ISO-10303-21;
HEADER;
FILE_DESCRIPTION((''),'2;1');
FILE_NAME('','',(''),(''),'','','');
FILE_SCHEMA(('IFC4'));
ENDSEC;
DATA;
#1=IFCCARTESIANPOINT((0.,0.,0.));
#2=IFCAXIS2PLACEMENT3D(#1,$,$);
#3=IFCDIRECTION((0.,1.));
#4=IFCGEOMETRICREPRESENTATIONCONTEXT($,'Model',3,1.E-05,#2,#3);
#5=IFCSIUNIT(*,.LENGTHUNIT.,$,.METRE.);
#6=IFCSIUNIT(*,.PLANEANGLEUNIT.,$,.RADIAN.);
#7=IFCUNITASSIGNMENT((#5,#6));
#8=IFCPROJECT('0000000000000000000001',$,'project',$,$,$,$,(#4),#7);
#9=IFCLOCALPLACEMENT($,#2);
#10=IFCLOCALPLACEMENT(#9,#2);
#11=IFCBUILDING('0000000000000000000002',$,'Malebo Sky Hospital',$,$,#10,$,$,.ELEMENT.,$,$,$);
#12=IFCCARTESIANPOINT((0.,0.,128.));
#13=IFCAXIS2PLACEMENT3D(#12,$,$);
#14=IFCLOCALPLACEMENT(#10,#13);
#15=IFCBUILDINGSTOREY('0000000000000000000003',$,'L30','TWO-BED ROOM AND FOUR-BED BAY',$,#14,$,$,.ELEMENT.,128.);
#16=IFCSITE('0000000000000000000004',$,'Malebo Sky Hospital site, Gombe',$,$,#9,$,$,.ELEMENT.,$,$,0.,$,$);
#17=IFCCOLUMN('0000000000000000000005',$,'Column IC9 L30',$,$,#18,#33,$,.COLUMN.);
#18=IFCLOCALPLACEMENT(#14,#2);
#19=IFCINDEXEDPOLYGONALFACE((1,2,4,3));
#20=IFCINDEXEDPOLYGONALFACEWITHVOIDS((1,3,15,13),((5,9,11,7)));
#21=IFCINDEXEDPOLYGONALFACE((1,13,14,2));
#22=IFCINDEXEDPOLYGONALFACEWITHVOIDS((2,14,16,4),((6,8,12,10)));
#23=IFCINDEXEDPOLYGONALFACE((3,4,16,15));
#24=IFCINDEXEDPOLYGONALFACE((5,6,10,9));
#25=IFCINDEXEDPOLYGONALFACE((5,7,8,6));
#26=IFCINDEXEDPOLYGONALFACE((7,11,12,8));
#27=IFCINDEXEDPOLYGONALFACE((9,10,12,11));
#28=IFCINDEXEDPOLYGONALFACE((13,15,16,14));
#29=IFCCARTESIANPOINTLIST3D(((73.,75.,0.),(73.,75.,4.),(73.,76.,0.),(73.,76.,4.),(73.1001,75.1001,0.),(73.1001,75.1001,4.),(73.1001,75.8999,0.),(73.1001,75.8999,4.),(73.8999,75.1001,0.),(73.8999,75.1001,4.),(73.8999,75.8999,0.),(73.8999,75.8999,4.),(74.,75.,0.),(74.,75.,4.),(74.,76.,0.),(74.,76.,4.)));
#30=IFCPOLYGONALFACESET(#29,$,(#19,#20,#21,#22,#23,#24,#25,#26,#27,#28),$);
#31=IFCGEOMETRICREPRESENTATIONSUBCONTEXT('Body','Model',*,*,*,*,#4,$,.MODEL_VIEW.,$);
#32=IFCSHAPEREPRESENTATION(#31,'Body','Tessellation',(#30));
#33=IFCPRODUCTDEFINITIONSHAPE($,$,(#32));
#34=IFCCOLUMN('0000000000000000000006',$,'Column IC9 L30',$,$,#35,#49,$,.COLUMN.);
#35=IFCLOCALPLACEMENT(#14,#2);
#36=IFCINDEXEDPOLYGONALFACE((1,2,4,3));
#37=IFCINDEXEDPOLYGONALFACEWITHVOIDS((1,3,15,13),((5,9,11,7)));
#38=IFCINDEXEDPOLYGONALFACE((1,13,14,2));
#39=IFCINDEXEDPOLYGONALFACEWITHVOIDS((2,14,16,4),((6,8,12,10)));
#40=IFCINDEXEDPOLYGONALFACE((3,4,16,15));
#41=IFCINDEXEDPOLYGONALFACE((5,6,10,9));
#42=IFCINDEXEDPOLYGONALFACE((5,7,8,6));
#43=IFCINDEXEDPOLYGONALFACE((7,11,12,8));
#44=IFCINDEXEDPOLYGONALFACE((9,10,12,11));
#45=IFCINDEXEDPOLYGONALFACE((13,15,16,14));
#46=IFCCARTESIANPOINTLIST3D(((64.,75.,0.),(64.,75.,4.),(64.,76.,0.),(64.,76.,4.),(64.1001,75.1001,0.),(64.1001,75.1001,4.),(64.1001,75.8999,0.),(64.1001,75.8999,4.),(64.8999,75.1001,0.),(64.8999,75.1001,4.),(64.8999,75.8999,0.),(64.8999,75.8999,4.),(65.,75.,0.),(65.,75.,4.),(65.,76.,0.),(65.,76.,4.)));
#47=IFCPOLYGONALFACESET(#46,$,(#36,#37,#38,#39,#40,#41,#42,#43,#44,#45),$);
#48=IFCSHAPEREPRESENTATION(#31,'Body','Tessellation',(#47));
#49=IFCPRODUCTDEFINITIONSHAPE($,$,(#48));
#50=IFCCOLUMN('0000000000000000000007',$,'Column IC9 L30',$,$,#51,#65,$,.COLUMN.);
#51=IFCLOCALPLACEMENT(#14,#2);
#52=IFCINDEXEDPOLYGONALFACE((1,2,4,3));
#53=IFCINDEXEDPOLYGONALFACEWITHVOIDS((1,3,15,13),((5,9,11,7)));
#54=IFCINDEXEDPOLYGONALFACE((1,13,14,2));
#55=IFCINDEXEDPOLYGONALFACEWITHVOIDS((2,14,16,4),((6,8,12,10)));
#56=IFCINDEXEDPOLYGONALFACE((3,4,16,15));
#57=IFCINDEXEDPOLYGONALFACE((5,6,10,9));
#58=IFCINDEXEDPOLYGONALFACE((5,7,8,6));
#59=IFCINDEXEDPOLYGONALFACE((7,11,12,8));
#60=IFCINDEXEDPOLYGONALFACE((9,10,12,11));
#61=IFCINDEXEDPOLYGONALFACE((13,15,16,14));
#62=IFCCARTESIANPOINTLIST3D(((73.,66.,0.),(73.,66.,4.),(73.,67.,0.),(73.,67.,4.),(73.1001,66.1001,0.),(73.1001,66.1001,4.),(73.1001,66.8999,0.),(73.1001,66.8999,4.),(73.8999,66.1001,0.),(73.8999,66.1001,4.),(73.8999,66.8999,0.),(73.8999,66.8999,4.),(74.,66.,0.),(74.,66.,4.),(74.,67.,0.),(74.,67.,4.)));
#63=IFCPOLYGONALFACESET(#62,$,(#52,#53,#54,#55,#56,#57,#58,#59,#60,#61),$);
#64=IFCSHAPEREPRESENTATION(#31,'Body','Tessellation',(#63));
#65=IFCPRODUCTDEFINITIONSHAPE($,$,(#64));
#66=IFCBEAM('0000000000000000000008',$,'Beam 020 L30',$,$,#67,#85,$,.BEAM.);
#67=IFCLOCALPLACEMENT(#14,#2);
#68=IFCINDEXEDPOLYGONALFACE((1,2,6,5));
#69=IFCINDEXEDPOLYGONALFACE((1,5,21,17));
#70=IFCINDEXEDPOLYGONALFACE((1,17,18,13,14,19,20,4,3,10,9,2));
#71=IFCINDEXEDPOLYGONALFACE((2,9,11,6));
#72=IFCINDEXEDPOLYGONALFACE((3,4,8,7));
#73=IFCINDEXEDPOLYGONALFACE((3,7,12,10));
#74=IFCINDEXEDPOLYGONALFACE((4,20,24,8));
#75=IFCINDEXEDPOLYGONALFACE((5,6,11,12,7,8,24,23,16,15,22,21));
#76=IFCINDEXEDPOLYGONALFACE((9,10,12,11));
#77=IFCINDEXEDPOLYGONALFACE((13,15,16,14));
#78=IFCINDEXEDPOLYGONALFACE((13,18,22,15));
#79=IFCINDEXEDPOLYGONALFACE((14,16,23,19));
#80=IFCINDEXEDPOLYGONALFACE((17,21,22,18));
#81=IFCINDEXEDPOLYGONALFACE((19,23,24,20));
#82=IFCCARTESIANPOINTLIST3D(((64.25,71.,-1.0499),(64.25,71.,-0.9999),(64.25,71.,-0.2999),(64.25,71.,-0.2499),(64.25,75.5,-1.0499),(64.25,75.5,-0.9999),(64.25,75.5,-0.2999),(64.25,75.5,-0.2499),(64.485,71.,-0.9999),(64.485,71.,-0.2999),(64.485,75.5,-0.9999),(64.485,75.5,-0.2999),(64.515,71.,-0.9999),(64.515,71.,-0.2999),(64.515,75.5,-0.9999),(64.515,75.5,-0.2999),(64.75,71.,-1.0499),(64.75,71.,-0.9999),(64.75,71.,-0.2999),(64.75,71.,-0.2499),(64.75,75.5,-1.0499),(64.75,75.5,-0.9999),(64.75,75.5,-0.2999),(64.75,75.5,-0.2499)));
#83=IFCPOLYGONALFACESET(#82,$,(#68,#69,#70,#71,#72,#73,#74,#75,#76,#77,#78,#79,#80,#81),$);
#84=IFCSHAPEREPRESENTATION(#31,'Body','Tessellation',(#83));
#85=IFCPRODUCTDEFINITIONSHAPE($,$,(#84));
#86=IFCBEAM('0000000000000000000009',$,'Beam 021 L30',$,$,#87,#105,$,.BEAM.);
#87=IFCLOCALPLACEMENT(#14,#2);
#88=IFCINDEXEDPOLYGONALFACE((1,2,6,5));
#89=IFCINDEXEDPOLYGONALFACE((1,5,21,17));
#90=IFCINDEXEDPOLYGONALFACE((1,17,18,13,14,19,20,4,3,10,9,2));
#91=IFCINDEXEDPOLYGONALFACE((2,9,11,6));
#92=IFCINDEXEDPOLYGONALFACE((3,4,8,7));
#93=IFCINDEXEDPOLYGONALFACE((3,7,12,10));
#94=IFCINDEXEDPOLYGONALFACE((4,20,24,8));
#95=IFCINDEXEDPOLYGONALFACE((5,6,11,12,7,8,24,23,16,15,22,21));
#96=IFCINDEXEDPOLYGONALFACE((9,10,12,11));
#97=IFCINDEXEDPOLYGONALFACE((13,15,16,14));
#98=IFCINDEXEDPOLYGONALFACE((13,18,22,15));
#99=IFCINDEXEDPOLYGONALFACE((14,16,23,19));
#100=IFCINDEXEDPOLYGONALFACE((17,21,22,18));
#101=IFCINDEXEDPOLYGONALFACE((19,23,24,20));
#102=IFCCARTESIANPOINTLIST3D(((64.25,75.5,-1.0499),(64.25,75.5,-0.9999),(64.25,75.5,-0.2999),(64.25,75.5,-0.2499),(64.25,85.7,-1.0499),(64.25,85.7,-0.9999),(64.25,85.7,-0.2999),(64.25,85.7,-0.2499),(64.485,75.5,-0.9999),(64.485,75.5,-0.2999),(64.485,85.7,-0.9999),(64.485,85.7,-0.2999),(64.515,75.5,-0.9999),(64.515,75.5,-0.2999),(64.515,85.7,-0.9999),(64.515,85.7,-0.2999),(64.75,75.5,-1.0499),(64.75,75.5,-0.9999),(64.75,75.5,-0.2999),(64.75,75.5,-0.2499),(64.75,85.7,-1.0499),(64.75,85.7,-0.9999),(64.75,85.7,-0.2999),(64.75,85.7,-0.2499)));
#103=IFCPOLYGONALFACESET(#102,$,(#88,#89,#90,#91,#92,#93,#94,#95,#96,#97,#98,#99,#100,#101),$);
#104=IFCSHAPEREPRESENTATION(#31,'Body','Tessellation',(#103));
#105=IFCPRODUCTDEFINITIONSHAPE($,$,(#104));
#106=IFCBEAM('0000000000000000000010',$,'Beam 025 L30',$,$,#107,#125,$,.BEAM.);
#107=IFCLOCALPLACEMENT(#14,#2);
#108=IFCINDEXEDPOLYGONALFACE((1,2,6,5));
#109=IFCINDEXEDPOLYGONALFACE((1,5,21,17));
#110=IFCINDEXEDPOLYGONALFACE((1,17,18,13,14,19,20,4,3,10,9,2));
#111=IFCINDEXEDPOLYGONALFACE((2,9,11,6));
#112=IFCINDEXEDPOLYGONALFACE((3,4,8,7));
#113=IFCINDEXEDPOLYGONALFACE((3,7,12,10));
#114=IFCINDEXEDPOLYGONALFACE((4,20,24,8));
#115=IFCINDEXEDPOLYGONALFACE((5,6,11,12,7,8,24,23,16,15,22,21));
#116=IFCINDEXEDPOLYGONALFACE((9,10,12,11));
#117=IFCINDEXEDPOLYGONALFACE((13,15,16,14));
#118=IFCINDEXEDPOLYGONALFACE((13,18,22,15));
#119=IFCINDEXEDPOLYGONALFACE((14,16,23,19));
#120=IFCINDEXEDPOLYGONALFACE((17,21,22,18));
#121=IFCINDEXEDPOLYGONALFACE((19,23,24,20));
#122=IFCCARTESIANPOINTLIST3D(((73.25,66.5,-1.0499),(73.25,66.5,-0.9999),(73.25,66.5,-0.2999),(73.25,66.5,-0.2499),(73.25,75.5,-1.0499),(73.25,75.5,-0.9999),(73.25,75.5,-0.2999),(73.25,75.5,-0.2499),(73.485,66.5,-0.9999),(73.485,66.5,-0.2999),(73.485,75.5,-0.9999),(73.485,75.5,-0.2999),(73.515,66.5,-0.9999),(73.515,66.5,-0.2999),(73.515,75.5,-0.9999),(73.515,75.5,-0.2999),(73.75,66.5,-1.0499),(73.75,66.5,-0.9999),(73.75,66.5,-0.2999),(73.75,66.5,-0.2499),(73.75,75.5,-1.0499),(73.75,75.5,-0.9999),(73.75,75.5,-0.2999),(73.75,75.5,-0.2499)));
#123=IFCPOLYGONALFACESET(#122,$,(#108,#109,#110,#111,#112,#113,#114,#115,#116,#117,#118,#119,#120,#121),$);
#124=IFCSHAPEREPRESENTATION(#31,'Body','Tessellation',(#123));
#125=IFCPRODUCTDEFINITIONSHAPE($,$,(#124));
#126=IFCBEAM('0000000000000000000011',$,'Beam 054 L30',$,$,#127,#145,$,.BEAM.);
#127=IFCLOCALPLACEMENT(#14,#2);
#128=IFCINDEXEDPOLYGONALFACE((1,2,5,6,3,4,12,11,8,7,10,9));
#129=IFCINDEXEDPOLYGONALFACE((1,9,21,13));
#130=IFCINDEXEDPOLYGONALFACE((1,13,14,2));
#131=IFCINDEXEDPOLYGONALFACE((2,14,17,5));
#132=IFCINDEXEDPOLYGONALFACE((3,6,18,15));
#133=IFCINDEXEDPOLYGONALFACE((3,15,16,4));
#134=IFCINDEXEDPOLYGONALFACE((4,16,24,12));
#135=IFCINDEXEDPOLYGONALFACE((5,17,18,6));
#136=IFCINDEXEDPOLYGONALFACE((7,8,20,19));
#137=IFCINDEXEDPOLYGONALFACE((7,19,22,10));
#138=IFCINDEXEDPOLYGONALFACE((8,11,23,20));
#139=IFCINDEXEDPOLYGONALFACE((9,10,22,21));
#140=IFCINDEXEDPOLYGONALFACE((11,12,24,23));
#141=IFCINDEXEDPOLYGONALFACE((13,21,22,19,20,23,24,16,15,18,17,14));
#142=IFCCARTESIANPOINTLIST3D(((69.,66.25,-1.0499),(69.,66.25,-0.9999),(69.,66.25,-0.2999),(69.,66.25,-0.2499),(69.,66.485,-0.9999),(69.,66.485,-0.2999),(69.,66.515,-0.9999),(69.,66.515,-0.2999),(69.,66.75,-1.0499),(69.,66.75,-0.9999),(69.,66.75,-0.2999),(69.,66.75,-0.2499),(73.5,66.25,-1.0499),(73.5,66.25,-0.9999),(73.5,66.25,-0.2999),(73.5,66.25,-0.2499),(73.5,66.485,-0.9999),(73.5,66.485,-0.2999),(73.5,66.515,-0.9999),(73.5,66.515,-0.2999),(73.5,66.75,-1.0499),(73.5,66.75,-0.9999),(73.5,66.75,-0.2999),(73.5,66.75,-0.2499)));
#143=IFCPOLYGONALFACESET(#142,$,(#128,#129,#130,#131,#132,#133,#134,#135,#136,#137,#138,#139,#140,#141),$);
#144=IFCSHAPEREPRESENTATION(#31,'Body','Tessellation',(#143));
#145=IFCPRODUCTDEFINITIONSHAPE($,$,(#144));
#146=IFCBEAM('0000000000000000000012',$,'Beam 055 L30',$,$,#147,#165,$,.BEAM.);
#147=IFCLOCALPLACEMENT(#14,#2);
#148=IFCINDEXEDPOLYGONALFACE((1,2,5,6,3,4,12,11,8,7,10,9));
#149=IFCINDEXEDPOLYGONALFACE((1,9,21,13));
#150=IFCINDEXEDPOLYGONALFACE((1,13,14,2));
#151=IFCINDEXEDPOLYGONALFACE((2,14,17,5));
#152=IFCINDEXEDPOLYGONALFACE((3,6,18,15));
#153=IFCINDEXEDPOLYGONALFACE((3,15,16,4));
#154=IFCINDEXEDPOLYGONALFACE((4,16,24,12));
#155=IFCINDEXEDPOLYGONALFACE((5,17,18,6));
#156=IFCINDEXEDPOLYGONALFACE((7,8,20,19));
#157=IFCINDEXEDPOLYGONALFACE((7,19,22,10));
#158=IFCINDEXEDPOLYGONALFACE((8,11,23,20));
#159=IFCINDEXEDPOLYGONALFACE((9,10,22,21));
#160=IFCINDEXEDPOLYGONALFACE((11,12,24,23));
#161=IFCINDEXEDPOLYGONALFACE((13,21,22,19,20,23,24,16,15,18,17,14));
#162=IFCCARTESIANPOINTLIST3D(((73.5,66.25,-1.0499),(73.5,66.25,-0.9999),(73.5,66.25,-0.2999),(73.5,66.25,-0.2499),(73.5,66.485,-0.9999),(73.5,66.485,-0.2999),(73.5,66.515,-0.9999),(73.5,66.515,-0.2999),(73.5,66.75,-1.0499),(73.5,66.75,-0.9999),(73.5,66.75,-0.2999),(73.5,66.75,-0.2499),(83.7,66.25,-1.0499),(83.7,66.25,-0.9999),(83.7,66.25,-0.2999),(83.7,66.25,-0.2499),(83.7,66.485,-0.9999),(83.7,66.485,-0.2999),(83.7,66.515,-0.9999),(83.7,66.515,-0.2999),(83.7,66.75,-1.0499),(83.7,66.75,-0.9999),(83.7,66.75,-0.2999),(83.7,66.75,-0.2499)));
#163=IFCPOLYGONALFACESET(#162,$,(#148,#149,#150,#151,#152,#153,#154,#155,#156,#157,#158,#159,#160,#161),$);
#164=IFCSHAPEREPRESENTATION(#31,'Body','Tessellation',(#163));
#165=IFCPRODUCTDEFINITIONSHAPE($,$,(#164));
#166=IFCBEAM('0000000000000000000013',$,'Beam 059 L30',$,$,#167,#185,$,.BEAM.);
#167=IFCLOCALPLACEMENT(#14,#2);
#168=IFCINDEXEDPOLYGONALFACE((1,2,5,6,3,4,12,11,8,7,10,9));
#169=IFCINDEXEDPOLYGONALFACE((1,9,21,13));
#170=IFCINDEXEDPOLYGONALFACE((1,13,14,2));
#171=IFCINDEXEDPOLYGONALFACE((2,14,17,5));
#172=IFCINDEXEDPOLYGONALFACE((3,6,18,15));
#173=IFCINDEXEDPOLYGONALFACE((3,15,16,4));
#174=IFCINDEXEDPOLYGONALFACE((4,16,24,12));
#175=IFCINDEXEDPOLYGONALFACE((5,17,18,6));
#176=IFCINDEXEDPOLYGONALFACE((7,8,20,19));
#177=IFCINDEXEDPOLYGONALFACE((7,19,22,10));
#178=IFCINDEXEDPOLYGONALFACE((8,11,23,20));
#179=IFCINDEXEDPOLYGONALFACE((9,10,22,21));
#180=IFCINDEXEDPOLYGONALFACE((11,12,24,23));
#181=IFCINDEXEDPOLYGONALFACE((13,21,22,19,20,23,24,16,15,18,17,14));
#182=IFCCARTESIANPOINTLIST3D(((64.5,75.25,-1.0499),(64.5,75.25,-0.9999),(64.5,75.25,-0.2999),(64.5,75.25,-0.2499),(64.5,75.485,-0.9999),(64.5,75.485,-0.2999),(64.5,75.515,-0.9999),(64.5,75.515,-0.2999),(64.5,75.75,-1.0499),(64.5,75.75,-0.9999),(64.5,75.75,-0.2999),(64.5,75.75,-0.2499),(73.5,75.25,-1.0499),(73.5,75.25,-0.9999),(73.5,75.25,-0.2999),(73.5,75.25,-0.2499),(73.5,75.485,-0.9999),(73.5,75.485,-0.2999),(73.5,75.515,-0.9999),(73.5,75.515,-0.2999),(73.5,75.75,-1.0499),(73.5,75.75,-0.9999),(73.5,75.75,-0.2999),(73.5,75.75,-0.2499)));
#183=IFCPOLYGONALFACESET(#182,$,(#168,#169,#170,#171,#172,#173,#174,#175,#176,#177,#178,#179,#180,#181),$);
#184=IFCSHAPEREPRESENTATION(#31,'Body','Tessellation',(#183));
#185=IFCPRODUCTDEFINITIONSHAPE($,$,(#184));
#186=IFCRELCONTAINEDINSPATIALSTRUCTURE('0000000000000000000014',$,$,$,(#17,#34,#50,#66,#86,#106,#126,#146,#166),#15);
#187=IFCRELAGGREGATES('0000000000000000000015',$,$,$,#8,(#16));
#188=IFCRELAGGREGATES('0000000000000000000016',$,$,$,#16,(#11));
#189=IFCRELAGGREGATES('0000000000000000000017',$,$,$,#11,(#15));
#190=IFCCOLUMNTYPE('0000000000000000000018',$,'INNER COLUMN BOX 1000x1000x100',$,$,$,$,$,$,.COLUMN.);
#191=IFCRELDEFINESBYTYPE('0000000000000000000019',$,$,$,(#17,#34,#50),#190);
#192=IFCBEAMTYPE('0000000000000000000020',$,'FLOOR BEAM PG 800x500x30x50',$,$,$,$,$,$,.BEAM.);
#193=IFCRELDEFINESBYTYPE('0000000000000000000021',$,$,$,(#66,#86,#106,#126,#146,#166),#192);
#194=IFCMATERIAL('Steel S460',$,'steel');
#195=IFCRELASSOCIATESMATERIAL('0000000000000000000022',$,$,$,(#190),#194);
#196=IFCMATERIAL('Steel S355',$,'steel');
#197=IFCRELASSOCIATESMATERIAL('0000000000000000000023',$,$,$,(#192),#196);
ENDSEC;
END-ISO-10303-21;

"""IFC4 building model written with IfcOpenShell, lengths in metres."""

from ifc_helpers import new_model, si_unit, direction, frame, origin, origin_2d, place, context, subcontext, project, spatial, hollow_rectangle, i_section, extrude, material, material_profile, profile_set, type_object, element, save


model = new_model("IFC4")

# Units and contexts
model_context = context("Model", 3, precision=1e-05, world=origin(), true_north=direction((0.0, 1.0)))
body_context = subcontext(model_context, "Body", "Model", "MODEL_VIEW")
ifc_project = project(units=[si_unit("LENGTHUNIT", "METRE"), si_unit("PLANEANGLEUNIT", "RADIAN")], contexts=[model_context])

# Site, building, storey
site_placement = place(None, origin())
site = spatial("IfcSite", under=ifc_project, at=site_placement, Name="Malebo Sky Hospital site, Gombe", CompositionType="ELEMENT", RefElevation=0.0)
building_placement = place(site_placement, origin())
building = spatial("IfcBuilding", under=site, at=building_placement, Name="Malebo Sky Hospital", CompositionType="ELEMENT")
storey_placement = place(building_placement, frame((0.0, 0.0, 128.0)))
storey = spatial("IfcBuildingStorey", under=building, at=storey_placement, Name="L30", Description="TWO-BED ROOM AND FOUR-BED BAY", CompositionType="ELEMENT", Elevation=128.0)

# Columns
ifc_material_1 = material(Name="Steel S460", Category="steel")
ifc_material_profile_1 = material_profile(ifc_material_1, hollow_rectangle(XDim=1.0, YDim=1.0, WallThickness=0.1001, at=origin_2d()), Name="BOX 1000x1000x100")
ifc_profile_set_1 = profile_set([ifc_material_profile_1], Name="Steel S460")
column_type = type_object("IfcColumnType", Name="INNER COLUMN BOX 1000x1000x100", PredefinedType="COLUMN", material=ifc_profile_set_1)
for number, where, z_axis, x_axis, name in (
    (1, (73.5, 75.5, 0.0), (0.0, 0.0, 1.0), (1.0, 0.0, 0.0), "Column IC9 L30"),
    (2, (64.5, 75.5, 0.0), (0.0, 0.0, 1.0), (1.0, 0.0, 0.0), "Column IC9 L30"),
    (3, (73.5, 66.5, 0.0), (0.0, 0.0, 1.0), (1.0, 0.0, 0.0), "Column IC9 L30"),
):
    element("IfcColumn", number, at=place(storey_placement, frame(where, z_axis=z_axis, x_axis=x_axis)), inside=storey, type_object=column_type, Name=name, PredefinedType="COLUMN", context=body_context, shape_type="SweptSolid", body=[
        extrude(hollow_rectangle(XDim=1.0, YDim=1.0, WallThickness=0.1001, at=origin_2d()), origin(), (0.0, 0.0, 1.0), 4.0),
    ])

# Beams
ifc_material_2 = material(Name="Steel S355", Category="steel")
ifc_material_profile_2 = material_profile(ifc_material_2, i_section(OverallWidth=0.5, OverallDepth=0.8, WebThickness=0.03, FlangeThickness=0.05, at=origin_2d()), Name="PG 800x500x30x50")
ifc_profile_set_2 = profile_set([ifc_material_profile_2], Name="Steel S355")
beam_type_1 = type_object("IfcBeamType", Name="FLOOR BEAM PG 800x500x30x50", PredefinedType="BEAM", material=ifc_profile_set_2)
beam_1_placement = place(storey_placement, frame((64.5, 71.0, -0.6499), z_axis=(0.0, 1.0, 0.0), x_axis=(-1.0, 0.0, 0.0)))
element("IfcBeam", 4, at=beam_1_placement, inside=storey, type_object=beam_type_1, Name="Beam 020 L30", PredefinedType="BEAM", context=body_context, shape_type="SweptSolid", body=[
    extrude(i_section(OverallWidth=0.5, OverallDepth=0.8, WebThickness=0.03, FlangeThickness=0.05, at=origin_2d()), origin(), (0.0, 0.0, 1.0), 4.5),
])
beam_2_placement = place(storey_placement, frame((64.5, 75.5, -0.6499), z_axis=(0.0, 1.0, 0.0), x_axis=(-1.0, 0.0, 0.0)))
element("IfcBeam", 5, at=beam_2_placement, inside=storey, type_object=beam_type_1, Name="Beam 021 L30", PredefinedType="BEAM", context=body_context, shape_type="SweptSolid", body=[
    extrude(i_section(OverallWidth=0.5, OverallDepth=0.8, WebThickness=0.03, FlangeThickness=0.05, at=origin_2d()), origin(), (0.0, 0.0, 1.0), 10.2),
])
beam_3_placement = place(storey_placement, frame((73.5, 66.5, -0.6499), z_axis=(0.0, 1.0, 0.0), x_axis=(-1.0, 0.0, 0.0)))
element("IfcBeam", 6, at=beam_3_placement, inside=storey, type_object=beam_type_1, Name="Beam 025 L30", PredefinedType="BEAM", context=body_context, shape_type="SweptSolid", body=[
    extrude(i_section(OverallWidth=0.5, OverallDepth=0.8, WebThickness=0.03, FlangeThickness=0.05, at=origin_2d()), origin(), (0.0, 0.0, 1.0), 9.0),
])
beam_4_placement = place(storey_placement, frame((69.0, 66.5, -0.6499), z_axis=(1.0, 0.0, 0.0), x_axis=(0.0, 1.0, 0.0)))
element("IfcBeam", 7, at=beam_4_placement, inside=storey, type_object=beam_type_1, Name="Beam 054 L30", PredefinedType="BEAM", context=body_context, shape_type="SweptSolid", body=[
    extrude(i_section(OverallWidth=0.5, OverallDepth=0.8, WebThickness=0.03, FlangeThickness=0.05, at=origin_2d()), origin(), (0.0, 0.0, 1.0), 4.5),
])
beam_5_placement = place(storey_placement, frame((73.5, 66.5, -0.6499), z_axis=(1.0, 0.0, 0.0), x_axis=(0.0, 1.0, 0.0)))
element("IfcBeam", 8, at=beam_5_placement, inside=storey, type_object=beam_type_1, Name="Beam 055 L30", PredefinedType="BEAM", context=body_context, shape_type="SweptSolid", body=[
    extrude(i_section(OverallWidth=0.5, OverallDepth=0.8, WebThickness=0.03, FlangeThickness=0.05, at=origin_2d()), origin(), (0.0, 0.0, 1.0), 10.2),
])
beam_6_placement = place(storey_placement, frame((64.5, 75.5, -0.6499), z_axis=(1.0, 0.0, 0.0), x_axis=(0.0, 1.0, 0.0)))
element("IfcBeam", 9, at=beam_6_placement, inside=storey, type_object=beam_type_1, Name="Beam 059 L30", PredefinedType="BEAM", context=body_context, shape_type="SweptSolid", body=[
    extrude(i_section(OverallWidth=0.5, OverallDepth=0.8, WebThickness=0.03, FlangeThickness=0.05, at=origin_2d()), origin(), (0.0, 0.0, 1.0), 9.0),
])

save(model, "model.ifc")
